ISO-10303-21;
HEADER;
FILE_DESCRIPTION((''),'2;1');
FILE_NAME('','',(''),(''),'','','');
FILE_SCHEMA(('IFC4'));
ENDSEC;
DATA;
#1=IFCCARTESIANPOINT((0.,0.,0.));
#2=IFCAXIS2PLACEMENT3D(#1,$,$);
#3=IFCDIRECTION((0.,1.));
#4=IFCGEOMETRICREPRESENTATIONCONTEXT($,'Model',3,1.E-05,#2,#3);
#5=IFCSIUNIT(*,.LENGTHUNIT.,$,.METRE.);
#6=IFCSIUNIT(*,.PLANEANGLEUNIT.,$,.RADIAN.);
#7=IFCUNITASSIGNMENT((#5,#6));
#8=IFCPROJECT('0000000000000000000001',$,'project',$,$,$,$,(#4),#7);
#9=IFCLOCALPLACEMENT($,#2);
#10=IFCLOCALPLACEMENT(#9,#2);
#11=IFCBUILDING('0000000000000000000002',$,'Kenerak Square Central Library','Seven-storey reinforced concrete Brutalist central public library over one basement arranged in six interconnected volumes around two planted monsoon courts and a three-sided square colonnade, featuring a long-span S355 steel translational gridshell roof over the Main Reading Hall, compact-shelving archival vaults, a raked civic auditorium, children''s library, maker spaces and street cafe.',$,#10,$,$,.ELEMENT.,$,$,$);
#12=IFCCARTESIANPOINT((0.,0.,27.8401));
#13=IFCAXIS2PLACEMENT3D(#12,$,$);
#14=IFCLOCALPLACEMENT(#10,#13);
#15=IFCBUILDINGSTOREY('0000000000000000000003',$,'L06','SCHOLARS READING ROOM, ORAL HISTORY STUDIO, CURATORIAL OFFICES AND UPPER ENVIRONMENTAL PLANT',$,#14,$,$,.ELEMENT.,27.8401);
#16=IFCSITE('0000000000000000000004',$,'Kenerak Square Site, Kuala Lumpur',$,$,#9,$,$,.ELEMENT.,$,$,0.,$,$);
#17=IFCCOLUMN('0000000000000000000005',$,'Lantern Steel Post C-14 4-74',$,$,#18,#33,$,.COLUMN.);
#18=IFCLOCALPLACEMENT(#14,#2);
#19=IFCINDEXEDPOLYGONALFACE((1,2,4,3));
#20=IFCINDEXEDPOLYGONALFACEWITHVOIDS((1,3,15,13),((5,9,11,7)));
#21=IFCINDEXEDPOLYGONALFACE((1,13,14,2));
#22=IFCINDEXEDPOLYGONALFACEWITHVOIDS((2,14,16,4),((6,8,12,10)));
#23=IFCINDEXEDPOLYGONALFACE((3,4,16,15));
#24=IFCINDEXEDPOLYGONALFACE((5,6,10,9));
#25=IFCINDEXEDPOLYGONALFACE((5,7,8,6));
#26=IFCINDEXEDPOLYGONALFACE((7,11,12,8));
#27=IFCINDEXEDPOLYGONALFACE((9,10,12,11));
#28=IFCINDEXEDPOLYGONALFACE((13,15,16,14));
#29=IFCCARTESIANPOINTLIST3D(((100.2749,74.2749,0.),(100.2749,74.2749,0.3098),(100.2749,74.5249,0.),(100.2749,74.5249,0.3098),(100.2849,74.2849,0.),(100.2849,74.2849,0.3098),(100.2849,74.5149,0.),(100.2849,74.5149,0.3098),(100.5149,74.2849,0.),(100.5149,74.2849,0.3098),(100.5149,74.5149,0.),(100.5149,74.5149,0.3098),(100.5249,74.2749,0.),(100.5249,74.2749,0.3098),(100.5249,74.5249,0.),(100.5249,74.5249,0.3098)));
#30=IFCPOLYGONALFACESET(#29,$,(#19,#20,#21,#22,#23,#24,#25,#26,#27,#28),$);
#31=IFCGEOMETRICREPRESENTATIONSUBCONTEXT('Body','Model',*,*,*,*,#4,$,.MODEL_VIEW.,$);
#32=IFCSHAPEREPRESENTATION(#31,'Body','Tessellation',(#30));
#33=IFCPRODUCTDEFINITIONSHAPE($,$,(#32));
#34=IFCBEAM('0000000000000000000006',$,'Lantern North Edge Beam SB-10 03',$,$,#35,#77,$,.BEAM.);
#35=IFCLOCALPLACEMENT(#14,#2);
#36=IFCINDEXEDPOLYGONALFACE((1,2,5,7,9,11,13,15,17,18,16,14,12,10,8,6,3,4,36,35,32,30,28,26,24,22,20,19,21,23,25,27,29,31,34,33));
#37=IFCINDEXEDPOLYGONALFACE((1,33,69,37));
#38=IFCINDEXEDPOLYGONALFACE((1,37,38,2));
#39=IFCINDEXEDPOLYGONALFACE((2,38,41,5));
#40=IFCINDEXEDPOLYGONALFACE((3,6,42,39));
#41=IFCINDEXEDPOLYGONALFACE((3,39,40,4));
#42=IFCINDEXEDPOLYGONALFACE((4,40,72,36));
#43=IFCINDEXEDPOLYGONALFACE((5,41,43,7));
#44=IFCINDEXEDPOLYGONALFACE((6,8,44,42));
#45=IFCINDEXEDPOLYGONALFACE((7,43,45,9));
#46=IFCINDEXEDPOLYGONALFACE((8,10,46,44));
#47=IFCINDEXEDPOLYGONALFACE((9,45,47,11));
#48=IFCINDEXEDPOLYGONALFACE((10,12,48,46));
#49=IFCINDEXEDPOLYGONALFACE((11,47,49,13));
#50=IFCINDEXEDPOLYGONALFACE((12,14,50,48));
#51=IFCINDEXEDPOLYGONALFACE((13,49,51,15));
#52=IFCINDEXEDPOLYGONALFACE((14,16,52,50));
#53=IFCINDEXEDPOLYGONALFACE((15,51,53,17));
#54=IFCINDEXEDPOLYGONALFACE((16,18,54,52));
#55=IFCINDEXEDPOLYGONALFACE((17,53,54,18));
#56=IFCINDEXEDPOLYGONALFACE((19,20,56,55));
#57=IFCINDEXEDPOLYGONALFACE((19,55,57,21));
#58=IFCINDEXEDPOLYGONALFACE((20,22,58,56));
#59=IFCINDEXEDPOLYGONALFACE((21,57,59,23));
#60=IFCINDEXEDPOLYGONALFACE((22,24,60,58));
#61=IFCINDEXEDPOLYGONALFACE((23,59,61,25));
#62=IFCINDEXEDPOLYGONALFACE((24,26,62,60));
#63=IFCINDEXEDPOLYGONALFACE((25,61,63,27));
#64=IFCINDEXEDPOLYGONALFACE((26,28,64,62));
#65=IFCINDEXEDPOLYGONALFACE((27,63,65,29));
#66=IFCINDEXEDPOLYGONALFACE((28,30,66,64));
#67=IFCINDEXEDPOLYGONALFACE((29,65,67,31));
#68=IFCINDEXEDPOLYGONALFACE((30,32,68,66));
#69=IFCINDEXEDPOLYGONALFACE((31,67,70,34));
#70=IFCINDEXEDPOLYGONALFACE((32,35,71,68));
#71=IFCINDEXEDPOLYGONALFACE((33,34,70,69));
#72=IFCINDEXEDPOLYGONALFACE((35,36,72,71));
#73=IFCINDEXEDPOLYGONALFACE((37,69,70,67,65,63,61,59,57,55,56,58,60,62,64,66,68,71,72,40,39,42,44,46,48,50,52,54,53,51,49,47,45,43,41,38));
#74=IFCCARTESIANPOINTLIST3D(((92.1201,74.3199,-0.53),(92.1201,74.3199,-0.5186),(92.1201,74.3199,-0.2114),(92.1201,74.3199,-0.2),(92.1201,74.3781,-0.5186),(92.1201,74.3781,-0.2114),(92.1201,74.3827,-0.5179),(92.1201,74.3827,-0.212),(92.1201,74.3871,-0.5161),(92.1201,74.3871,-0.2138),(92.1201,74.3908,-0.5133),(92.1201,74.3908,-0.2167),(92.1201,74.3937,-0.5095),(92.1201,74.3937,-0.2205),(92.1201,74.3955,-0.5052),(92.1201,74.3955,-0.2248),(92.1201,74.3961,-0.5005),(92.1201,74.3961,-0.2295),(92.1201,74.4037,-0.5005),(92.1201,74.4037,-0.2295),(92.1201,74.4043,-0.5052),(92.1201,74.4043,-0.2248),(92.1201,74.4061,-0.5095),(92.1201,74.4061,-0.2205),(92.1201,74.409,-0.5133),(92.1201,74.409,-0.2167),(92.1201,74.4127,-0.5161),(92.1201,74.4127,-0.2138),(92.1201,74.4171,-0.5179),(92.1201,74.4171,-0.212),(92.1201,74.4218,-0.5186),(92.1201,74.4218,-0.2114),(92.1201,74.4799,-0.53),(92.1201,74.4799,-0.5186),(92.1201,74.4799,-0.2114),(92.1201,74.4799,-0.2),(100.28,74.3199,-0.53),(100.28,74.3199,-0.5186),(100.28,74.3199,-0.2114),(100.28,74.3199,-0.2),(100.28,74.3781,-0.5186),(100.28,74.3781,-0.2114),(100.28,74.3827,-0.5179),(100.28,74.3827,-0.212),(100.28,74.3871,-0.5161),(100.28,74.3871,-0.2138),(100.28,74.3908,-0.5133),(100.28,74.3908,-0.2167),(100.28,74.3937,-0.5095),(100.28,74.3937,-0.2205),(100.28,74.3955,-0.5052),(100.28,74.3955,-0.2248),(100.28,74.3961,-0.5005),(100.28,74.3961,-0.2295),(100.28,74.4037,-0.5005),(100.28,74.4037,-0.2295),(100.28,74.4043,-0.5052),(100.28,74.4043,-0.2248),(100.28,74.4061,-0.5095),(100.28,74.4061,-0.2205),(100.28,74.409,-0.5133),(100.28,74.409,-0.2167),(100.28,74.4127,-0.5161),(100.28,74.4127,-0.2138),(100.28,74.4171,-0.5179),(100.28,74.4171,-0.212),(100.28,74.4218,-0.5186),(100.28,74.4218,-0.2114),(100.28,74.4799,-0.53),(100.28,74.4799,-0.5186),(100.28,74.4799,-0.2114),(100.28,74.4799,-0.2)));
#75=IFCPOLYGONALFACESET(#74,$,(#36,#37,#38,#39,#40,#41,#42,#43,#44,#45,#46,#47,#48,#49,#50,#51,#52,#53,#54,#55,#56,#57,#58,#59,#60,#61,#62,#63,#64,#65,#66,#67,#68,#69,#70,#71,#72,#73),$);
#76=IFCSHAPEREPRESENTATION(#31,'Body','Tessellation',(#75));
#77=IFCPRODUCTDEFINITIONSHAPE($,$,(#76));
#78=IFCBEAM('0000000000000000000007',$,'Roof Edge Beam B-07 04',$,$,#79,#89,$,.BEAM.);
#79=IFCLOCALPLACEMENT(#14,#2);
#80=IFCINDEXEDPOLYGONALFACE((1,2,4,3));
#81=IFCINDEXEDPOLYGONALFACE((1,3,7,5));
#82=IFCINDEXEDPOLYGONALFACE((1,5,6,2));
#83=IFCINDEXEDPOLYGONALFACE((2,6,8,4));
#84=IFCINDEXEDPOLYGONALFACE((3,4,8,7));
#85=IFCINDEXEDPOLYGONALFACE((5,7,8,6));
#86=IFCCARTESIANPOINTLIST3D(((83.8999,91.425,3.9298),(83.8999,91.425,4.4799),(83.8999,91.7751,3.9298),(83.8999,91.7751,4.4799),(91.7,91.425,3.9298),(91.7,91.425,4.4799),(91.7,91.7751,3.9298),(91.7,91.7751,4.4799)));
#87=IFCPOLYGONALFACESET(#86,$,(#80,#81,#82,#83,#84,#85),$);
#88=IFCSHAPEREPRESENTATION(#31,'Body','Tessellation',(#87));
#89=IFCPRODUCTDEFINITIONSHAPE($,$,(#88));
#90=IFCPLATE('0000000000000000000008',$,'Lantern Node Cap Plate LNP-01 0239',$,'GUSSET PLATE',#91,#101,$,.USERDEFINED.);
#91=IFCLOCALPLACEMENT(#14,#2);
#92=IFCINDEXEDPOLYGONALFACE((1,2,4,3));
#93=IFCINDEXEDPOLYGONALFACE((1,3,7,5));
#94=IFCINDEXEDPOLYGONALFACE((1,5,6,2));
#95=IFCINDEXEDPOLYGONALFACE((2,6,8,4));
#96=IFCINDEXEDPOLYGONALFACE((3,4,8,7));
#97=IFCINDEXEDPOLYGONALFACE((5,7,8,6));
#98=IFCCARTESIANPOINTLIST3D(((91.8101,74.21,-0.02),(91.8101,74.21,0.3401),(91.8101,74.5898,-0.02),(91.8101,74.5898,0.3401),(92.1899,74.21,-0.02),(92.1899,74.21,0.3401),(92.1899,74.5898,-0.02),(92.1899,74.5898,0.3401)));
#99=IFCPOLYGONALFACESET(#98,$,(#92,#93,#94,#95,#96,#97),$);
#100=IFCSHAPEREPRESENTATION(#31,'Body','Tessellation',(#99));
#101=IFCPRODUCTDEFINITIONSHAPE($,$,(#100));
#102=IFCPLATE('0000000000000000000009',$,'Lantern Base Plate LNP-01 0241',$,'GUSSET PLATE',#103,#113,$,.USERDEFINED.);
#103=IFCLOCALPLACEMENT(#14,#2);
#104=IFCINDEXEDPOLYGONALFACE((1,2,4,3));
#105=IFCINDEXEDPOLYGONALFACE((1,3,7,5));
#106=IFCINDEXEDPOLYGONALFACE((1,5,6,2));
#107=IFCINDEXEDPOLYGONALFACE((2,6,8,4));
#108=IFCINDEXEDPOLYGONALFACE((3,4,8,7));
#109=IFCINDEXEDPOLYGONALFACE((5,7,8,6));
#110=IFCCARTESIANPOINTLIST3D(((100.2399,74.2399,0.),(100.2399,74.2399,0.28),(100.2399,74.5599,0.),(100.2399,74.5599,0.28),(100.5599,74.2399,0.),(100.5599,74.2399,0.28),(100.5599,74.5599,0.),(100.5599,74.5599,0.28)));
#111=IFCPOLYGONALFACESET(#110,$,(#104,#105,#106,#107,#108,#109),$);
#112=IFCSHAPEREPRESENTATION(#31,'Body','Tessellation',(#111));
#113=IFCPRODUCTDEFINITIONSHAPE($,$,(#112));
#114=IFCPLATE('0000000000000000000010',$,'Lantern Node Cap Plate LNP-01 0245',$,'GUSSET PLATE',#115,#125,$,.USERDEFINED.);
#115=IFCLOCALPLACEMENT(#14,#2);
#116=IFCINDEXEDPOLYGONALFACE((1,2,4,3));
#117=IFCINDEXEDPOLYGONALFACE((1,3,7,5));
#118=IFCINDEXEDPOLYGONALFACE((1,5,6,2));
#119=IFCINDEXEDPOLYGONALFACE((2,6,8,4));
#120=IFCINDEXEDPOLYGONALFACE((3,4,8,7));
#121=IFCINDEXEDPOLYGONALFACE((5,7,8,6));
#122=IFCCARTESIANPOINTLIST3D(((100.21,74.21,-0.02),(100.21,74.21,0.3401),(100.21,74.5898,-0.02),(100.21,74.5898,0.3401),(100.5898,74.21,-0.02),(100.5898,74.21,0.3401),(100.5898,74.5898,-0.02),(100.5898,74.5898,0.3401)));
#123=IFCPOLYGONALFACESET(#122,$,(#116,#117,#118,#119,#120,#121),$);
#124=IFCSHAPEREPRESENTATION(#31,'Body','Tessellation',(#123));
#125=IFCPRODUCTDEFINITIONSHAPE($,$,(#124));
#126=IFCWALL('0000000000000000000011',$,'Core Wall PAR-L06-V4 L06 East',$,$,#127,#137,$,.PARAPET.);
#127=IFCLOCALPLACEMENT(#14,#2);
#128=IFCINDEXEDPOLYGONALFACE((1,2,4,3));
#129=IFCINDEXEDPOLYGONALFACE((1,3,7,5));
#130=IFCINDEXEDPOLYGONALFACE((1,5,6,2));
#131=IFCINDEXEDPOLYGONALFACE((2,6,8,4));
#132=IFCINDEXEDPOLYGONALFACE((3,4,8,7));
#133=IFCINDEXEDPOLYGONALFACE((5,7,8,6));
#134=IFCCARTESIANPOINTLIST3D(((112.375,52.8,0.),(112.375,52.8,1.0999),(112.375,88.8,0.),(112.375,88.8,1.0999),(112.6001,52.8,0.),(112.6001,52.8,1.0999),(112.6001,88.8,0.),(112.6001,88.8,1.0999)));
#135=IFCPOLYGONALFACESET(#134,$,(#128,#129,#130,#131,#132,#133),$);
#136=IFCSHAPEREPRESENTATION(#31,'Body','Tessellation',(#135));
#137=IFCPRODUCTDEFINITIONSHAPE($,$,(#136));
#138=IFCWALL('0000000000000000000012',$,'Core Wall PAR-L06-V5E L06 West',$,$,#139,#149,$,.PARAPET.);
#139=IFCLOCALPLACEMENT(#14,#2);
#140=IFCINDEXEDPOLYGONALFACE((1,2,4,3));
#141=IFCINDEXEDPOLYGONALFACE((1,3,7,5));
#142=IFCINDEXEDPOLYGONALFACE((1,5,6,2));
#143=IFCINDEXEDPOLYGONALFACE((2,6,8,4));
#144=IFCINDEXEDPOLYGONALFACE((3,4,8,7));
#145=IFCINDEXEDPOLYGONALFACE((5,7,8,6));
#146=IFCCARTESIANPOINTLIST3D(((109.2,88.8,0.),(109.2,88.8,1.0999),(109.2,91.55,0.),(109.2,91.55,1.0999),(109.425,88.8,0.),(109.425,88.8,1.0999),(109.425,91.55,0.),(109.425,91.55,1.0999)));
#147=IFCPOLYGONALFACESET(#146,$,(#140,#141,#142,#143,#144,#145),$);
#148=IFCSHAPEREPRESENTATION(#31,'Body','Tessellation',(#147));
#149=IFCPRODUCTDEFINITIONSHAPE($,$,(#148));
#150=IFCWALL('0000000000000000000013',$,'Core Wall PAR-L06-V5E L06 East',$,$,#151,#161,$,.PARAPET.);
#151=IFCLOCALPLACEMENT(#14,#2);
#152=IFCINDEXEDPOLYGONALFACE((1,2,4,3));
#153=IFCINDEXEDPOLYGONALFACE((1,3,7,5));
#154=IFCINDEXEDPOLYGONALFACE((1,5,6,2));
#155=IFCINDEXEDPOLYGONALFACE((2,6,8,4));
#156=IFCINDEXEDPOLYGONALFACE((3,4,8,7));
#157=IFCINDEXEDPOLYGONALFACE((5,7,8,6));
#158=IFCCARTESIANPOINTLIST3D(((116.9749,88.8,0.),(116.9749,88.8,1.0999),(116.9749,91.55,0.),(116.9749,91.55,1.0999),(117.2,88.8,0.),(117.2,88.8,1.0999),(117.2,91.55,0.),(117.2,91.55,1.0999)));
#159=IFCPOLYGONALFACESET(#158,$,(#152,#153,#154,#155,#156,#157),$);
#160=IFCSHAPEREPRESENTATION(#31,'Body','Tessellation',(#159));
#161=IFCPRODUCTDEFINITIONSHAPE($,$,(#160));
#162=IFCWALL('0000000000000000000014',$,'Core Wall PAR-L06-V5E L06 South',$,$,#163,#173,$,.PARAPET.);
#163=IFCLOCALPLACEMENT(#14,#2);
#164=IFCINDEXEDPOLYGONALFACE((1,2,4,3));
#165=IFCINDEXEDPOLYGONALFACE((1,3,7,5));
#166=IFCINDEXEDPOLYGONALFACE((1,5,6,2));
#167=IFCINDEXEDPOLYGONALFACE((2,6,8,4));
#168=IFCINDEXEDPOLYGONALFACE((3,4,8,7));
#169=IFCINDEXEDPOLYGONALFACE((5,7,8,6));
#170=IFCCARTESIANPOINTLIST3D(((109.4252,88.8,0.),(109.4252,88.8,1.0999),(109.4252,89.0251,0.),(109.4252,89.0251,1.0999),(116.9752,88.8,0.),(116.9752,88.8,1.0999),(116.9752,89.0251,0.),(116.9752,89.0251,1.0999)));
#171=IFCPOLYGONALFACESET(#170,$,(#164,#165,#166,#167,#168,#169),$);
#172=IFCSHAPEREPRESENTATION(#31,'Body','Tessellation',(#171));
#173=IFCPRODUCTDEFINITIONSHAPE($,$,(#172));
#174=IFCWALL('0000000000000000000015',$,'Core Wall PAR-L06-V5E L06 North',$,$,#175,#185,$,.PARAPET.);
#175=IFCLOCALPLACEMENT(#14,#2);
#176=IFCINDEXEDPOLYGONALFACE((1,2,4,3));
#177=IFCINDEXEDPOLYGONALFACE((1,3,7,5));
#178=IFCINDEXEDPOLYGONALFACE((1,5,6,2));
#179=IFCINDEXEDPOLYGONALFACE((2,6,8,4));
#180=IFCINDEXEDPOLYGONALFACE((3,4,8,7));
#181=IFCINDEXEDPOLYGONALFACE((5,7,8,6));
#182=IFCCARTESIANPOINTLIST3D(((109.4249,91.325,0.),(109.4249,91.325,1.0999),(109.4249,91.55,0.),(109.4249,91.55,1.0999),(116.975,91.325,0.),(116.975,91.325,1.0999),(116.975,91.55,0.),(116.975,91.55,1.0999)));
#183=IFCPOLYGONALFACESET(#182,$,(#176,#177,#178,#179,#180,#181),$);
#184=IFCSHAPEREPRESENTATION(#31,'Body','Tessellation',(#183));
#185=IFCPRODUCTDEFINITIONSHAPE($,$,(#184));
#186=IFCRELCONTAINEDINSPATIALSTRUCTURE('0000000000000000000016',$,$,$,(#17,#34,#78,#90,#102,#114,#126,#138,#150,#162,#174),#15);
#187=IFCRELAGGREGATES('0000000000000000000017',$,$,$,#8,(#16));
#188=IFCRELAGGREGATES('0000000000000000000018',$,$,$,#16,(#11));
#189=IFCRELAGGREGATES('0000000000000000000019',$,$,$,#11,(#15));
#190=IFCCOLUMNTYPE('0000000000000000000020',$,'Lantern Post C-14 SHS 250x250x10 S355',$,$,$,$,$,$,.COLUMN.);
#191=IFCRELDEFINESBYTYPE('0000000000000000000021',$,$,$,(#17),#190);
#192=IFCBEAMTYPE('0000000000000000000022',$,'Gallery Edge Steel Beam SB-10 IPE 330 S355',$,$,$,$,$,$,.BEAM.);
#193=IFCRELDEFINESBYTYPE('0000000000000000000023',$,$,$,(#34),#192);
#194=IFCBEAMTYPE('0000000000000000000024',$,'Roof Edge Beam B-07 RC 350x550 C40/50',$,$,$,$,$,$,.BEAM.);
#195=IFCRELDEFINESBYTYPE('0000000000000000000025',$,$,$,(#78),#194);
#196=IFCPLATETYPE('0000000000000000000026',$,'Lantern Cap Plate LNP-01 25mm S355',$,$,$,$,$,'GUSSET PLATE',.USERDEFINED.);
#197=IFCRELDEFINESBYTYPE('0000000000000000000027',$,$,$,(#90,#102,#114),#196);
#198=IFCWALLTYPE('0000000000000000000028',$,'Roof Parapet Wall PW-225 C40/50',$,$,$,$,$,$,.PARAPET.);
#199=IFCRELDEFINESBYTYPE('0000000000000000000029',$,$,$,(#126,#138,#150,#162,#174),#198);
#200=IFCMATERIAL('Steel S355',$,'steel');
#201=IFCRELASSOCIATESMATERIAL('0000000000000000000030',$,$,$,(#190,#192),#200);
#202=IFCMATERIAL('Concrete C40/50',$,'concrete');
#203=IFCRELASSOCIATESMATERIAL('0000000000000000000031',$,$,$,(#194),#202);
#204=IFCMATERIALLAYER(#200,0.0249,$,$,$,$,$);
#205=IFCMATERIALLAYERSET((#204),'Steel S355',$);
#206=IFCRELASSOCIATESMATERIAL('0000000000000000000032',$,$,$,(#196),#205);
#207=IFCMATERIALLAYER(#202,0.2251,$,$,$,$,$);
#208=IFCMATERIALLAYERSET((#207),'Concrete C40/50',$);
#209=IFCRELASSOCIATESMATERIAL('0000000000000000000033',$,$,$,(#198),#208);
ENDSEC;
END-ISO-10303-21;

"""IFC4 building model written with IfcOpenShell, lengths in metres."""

from ifc_helpers import new_model, si_unit, direction, frame, frame_2d, origin, origin_2d, place, context, subcontext, project, spatial, rectangle, hollow_rectangle, i_section, extrude, material, layer, layer_set, material_profile, profile_set, type_object, element, save


model = new_model("IFC4")

# Units and contexts
model_context = context("Model", 3, precision=1e-05, world=origin(), true_north=direction((0.0, 1.0)))
body_context = subcontext(model_context, "Body", "Model", "MODEL_VIEW")
ifc_project = project(units=[si_unit("LENGTHUNIT", "METRE"), si_unit("PLANEANGLEUNIT", "RADIAN")], contexts=[model_context])

# Site, building, storey
site_placement = place(None, origin())
site = spatial("IfcSite", under=ifc_project, at=site_placement, Name="Kenerak Square Site, Kuala Lumpur", CompositionType="ELEMENT", RefElevation=0.0)
building_placement = place(site_placement, origin())
building = spatial("IfcBuilding", under=site, at=building_placement, Name="Kenerak Square Central Library", Description="Seven-storey reinforced concrete Brutalist central public library over one basement arranged in six interconnected volumes around two planted monsoon courts and a three-sided square colonnade, featuring a long-span S355 steel translational gridshell roof over the Main Reading Hall, compact-shelving archival vaults, a raked civic auditorium, children's library, maker spaces and street cafe.", CompositionType="ELEMENT")
storey_placement = place(building_placement, frame((0.0, 0.0, 27.8401)))
storey = spatial("IfcBuildingStorey", under=building, at=storey_placement, Name="L06", Description="SCHOLARS READING ROOM, ORAL HISTORY STUDIO, CURATORIAL OFFICES AND UPPER ENVIRONMENTAL PLANT", CompositionType="ELEMENT", Elevation=27.8401)

# Column
ifc_material_1 = material(Name="Steel S355", Category="steel")
ifc_material_profile_1 = material_profile(ifc_material_1, hollow_rectangle(XDim=0.25, YDim=0.25, WallThickness=0.01, at=origin_2d()), Name="SHS 250x250x10.0")
ifc_profile_set_1 = profile_set([ifc_material_profile_1], Name="Steel S355")
column_type = type_object("IfcColumnType", Name="Lantern Post C-14 SHS 250x250x10 S355", PredefinedType="COLUMN", material=ifc_profile_set_1)
column_placement = place(storey_placement, frame((100.3999, 74.3999, 0.0), z_axis=(0.0, 0.0, 1.0), x_axis=(1.0, 0.0, 0.0)))
element("IfcColumn", 1, at=column_placement, inside=storey, type_object=column_type, Name="Lantern Steel Post C-14 4-74", PredefinedType="COLUMN", context=body_context, shape_type="SweptSolid", body=[
    extrude(hollow_rectangle(XDim=0.25, YDim=0.25, WallThickness=0.01, at=origin_2d()), origin(), (0.0, 0.0, 1.0), 0.3098),
])

# Beams
ifc_material_profile_2 = material_profile(ifc_material_1, i_section(OverallWidth=0.1599, OverallDepth=0.3301, WebThickness=0.0076, FlangeThickness=0.0115, FilletRadius=0.0181, at=origin_2d()), Name="IPE 330")
ifc_profile_set_2 = profile_set([ifc_material_profile_2], Name="Steel S355")
beam_type_1 = type_object("IfcBeamType", Name="Gallery Edge Steel Beam SB-10 IPE 330 S355", PredefinedType="BEAM", material=ifc_profile_set_2)
beam_1_placement = place(storey_placement, frame((92.1201, 74.3999, -0.365), z_axis=(1.0, 0.0, 0.0), x_axis=(0.0, 1.0, 0.0)))
element("IfcBeam", 2, at=beam_1_placement, inside=storey, type_object=beam_type_1, Name="Lantern North Edge Beam SB-10 03", PredefinedType="BEAM", context=body_context, shape_type="SweptSolid", body=[
    extrude(i_section(OverallWidth=0.1599, OverallDepth=0.3301, WebThickness=0.0076, FlangeThickness=0.0115, FilletRadius=0.0181, at=origin_2d()), origin(), (0.0, 0.0, 1.0), 8.1599),
])
ifc_material_2 = material(Name="Concrete C40/50", Category="concrete")
ifc_material_profile_3 = material_profile(ifc_material_2, rectangle(XDim=0.3501, YDim=0.55, at=origin_2d()), Name="RC 350x550")
ifc_profile_set_3 = profile_set([ifc_material_profile_3], Name="Concrete C40/50")
beam_type_2 = type_object("IfcBeamType", Name="Roof Edge Beam B-07 RC 350x550 C40/50", PredefinedType="BEAM", material=ifc_profile_set_3)
beam_2_placement = place(storey_placement, frame((83.8999, 91.6001, 4.2048), z_axis=(1.0, 0.0, 0.0), x_axis=(0.0, 1.0, 0.0)))
element("IfcBeam", 3, at=beam_2_placement, inside=storey, type_object=beam_type_2, Name="Roof Edge Beam B-07 04", PredefinedType="BEAM", context=body_context, shape_type="SweptSolid", body=[
    extrude(rectangle(XDim=0.3501, YDim=0.55, at=origin_2d()), origin(), (0.0, 0.0, 1.0), 7.8),
])

# Plates
ifc_layer_1 = layer(ifc_material_1, 0.0249)
ifc_layer_set_1 = layer_set([ifc_layer_1], Name="Steel S355")
plate_type = type_object("IfcPlateType", Name="Lantern Cap Plate LNP-01 25mm S355", ElementType="GUSSET PLATE", PredefinedType="USERDEFINED", material=ifc_layer_set_1)
plate_1_placement = place(storey_placement, frame((92.0, 74.3999, -0.02), z_axis=(0.0, 0.0, 1.0), x_axis=(1.0, 0.0, 0.0)))
element("IfcPlate", 4, at=plate_1_placement, inside=storey, type_object=plate_type, Name="Lantern Node Cap Plate LNP-01 0239", ObjectType="GUSSET PLATE", PredefinedType="USERDEFINED", context=body_context, shape_type="SweptSolid", body=[
    extrude(rectangle(XDim=0.3799, YDim=0.3799, at=origin_2d()), origin(), (0.0, 0.0, 1.0), 0.3601),
])
plate_2_placement = place(storey_placement, frame((100.3999, 74.3999, 0.0), z_axis=(0.0, 0.0, 1.0), x_axis=(1.0, 0.0, 0.0)))
element("IfcPlate", 5, at=plate_2_placement, inside=storey, type_object=plate_type, Name="Lantern Base Plate LNP-01 0241", ObjectType="GUSSET PLATE", PredefinedType="USERDEFINED", context=body_context, shape_type="SweptSolid", body=[
    extrude(rectangle(XDim=0.3201, YDim=0.3201, at=origin_2d()), origin(), (0.0, 0.0, 1.0), 0.28),
])
plate_3_placement = place(storey_placement, frame((100.3999, 74.3999, -0.02), z_axis=(0.0, 0.0, 1.0), x_axis=(1.0, 0.0, 0.0)))
element("IfcPlate", 6, at=plate_3_placement, inside=storey, type_object=plate_type, Name="Lantern Node Cap Plate LNP-01 0245", ObjectType="GUSSET PLATE", PredefinedType="USERDEFINED", context=body_context, shape_type="SweptSolid", body=[
    extrude(rectangle(XDim=0.3799, YDim=0.3799, at=origin_2d()), origin(), (0.0, 0.0, 1.0), 0.3601),
])

# Walls
ifc_layer_2 = layer(ifc_material_2, 0.2251)
ifc_layer_set_2 = layer_set([ifc_layer_2], Name="Concrete C40/50")
wall_type = type_object("IfcWallType", Name="Roof Parapet Wall PW-225 C40/50", PredefinedType="PARAPET", material=ifc_layer_set_2)
wall_placement = place(storey_placement, frame((112.4875, 88.8, 0.0), z_axis=(0.0, 0.0, 1.0), x_axis=(0.0, -1.0, 0.0)))
element("IfcWall", 7, at=wall_placement, inside=storey, type_object=wall_type, Name="Core Wall PAR-L06-V4 L06 East", PredefinedType="PARAPET", context=body_context, shape_type="SweptSolid", body=[
    extrude(rectangle(XDim=36.0, YDim=0.2251, at=frame_2d((18.0, 0.0))), origin(), (0.0, 0.0, 1.0), 1.0999),
])
for number, where, z_axis, x_axis, name in (
    (8, (109.3125, 88.8, 0.0), (0.0, 0.0, 1.0), (0.0, 1.0, 0.0), "Core Wall PAR-L06-V5E L06 West"),
    (9, (117.0874, 91.55, 0.0), (0.0, 0.0, 1.0), (0.0, -1.0, 0.0), "Core Wall PAR-L06-V5E L06 East"),
):
    element("IfcWall", number, at=place(storey_placement, frame(where, z_axis=z_axis, x_axis=x_axis)), inside=storey, type_object=wall_type, Name=name, PredefinedType="PARAPET", context=body_context, shape_type="SweptSolid", body=[
        extrude(rectangle(XDim=2.75, YDim=0.2251, at=frame_2d((1.375, 0.0))), origin(), (0.0, 0.0, 1.0), 1.0999),
    ])
for number, where, z_axis, x_axis, name in (
    (10, (116.9751, 88.9126, 0.0), (0.0, 0.0, 1.0), (-1.0, 0.0, 0.0), "Core Wall PAR-L06-V5E L06 South"),
    (11, (109.425, 91.4375, 0.0), (0.0, 0.0, 1.0), (1.0, 0.0, 0.0), "Core Wall PAR-L06-V5E L06 North"),
):
    element("IfcWall", number, at=place(storey_placement, frame(where, z_axis=z_axis, x_axis=x_axis)), inside=storey, type_object=wall_type, Name=name, PredefinedType="PARAPET", context=body_context, shape_type="SweptSolid", body=[
        extrude(rectangle(XDim=7.55, YDim=0.2251, at=frame_2d((3.7749, 0.0))), origin(), (0.0, 0.0, 1.0), 1.0999),
    ])

save(model, "model.ifc")
